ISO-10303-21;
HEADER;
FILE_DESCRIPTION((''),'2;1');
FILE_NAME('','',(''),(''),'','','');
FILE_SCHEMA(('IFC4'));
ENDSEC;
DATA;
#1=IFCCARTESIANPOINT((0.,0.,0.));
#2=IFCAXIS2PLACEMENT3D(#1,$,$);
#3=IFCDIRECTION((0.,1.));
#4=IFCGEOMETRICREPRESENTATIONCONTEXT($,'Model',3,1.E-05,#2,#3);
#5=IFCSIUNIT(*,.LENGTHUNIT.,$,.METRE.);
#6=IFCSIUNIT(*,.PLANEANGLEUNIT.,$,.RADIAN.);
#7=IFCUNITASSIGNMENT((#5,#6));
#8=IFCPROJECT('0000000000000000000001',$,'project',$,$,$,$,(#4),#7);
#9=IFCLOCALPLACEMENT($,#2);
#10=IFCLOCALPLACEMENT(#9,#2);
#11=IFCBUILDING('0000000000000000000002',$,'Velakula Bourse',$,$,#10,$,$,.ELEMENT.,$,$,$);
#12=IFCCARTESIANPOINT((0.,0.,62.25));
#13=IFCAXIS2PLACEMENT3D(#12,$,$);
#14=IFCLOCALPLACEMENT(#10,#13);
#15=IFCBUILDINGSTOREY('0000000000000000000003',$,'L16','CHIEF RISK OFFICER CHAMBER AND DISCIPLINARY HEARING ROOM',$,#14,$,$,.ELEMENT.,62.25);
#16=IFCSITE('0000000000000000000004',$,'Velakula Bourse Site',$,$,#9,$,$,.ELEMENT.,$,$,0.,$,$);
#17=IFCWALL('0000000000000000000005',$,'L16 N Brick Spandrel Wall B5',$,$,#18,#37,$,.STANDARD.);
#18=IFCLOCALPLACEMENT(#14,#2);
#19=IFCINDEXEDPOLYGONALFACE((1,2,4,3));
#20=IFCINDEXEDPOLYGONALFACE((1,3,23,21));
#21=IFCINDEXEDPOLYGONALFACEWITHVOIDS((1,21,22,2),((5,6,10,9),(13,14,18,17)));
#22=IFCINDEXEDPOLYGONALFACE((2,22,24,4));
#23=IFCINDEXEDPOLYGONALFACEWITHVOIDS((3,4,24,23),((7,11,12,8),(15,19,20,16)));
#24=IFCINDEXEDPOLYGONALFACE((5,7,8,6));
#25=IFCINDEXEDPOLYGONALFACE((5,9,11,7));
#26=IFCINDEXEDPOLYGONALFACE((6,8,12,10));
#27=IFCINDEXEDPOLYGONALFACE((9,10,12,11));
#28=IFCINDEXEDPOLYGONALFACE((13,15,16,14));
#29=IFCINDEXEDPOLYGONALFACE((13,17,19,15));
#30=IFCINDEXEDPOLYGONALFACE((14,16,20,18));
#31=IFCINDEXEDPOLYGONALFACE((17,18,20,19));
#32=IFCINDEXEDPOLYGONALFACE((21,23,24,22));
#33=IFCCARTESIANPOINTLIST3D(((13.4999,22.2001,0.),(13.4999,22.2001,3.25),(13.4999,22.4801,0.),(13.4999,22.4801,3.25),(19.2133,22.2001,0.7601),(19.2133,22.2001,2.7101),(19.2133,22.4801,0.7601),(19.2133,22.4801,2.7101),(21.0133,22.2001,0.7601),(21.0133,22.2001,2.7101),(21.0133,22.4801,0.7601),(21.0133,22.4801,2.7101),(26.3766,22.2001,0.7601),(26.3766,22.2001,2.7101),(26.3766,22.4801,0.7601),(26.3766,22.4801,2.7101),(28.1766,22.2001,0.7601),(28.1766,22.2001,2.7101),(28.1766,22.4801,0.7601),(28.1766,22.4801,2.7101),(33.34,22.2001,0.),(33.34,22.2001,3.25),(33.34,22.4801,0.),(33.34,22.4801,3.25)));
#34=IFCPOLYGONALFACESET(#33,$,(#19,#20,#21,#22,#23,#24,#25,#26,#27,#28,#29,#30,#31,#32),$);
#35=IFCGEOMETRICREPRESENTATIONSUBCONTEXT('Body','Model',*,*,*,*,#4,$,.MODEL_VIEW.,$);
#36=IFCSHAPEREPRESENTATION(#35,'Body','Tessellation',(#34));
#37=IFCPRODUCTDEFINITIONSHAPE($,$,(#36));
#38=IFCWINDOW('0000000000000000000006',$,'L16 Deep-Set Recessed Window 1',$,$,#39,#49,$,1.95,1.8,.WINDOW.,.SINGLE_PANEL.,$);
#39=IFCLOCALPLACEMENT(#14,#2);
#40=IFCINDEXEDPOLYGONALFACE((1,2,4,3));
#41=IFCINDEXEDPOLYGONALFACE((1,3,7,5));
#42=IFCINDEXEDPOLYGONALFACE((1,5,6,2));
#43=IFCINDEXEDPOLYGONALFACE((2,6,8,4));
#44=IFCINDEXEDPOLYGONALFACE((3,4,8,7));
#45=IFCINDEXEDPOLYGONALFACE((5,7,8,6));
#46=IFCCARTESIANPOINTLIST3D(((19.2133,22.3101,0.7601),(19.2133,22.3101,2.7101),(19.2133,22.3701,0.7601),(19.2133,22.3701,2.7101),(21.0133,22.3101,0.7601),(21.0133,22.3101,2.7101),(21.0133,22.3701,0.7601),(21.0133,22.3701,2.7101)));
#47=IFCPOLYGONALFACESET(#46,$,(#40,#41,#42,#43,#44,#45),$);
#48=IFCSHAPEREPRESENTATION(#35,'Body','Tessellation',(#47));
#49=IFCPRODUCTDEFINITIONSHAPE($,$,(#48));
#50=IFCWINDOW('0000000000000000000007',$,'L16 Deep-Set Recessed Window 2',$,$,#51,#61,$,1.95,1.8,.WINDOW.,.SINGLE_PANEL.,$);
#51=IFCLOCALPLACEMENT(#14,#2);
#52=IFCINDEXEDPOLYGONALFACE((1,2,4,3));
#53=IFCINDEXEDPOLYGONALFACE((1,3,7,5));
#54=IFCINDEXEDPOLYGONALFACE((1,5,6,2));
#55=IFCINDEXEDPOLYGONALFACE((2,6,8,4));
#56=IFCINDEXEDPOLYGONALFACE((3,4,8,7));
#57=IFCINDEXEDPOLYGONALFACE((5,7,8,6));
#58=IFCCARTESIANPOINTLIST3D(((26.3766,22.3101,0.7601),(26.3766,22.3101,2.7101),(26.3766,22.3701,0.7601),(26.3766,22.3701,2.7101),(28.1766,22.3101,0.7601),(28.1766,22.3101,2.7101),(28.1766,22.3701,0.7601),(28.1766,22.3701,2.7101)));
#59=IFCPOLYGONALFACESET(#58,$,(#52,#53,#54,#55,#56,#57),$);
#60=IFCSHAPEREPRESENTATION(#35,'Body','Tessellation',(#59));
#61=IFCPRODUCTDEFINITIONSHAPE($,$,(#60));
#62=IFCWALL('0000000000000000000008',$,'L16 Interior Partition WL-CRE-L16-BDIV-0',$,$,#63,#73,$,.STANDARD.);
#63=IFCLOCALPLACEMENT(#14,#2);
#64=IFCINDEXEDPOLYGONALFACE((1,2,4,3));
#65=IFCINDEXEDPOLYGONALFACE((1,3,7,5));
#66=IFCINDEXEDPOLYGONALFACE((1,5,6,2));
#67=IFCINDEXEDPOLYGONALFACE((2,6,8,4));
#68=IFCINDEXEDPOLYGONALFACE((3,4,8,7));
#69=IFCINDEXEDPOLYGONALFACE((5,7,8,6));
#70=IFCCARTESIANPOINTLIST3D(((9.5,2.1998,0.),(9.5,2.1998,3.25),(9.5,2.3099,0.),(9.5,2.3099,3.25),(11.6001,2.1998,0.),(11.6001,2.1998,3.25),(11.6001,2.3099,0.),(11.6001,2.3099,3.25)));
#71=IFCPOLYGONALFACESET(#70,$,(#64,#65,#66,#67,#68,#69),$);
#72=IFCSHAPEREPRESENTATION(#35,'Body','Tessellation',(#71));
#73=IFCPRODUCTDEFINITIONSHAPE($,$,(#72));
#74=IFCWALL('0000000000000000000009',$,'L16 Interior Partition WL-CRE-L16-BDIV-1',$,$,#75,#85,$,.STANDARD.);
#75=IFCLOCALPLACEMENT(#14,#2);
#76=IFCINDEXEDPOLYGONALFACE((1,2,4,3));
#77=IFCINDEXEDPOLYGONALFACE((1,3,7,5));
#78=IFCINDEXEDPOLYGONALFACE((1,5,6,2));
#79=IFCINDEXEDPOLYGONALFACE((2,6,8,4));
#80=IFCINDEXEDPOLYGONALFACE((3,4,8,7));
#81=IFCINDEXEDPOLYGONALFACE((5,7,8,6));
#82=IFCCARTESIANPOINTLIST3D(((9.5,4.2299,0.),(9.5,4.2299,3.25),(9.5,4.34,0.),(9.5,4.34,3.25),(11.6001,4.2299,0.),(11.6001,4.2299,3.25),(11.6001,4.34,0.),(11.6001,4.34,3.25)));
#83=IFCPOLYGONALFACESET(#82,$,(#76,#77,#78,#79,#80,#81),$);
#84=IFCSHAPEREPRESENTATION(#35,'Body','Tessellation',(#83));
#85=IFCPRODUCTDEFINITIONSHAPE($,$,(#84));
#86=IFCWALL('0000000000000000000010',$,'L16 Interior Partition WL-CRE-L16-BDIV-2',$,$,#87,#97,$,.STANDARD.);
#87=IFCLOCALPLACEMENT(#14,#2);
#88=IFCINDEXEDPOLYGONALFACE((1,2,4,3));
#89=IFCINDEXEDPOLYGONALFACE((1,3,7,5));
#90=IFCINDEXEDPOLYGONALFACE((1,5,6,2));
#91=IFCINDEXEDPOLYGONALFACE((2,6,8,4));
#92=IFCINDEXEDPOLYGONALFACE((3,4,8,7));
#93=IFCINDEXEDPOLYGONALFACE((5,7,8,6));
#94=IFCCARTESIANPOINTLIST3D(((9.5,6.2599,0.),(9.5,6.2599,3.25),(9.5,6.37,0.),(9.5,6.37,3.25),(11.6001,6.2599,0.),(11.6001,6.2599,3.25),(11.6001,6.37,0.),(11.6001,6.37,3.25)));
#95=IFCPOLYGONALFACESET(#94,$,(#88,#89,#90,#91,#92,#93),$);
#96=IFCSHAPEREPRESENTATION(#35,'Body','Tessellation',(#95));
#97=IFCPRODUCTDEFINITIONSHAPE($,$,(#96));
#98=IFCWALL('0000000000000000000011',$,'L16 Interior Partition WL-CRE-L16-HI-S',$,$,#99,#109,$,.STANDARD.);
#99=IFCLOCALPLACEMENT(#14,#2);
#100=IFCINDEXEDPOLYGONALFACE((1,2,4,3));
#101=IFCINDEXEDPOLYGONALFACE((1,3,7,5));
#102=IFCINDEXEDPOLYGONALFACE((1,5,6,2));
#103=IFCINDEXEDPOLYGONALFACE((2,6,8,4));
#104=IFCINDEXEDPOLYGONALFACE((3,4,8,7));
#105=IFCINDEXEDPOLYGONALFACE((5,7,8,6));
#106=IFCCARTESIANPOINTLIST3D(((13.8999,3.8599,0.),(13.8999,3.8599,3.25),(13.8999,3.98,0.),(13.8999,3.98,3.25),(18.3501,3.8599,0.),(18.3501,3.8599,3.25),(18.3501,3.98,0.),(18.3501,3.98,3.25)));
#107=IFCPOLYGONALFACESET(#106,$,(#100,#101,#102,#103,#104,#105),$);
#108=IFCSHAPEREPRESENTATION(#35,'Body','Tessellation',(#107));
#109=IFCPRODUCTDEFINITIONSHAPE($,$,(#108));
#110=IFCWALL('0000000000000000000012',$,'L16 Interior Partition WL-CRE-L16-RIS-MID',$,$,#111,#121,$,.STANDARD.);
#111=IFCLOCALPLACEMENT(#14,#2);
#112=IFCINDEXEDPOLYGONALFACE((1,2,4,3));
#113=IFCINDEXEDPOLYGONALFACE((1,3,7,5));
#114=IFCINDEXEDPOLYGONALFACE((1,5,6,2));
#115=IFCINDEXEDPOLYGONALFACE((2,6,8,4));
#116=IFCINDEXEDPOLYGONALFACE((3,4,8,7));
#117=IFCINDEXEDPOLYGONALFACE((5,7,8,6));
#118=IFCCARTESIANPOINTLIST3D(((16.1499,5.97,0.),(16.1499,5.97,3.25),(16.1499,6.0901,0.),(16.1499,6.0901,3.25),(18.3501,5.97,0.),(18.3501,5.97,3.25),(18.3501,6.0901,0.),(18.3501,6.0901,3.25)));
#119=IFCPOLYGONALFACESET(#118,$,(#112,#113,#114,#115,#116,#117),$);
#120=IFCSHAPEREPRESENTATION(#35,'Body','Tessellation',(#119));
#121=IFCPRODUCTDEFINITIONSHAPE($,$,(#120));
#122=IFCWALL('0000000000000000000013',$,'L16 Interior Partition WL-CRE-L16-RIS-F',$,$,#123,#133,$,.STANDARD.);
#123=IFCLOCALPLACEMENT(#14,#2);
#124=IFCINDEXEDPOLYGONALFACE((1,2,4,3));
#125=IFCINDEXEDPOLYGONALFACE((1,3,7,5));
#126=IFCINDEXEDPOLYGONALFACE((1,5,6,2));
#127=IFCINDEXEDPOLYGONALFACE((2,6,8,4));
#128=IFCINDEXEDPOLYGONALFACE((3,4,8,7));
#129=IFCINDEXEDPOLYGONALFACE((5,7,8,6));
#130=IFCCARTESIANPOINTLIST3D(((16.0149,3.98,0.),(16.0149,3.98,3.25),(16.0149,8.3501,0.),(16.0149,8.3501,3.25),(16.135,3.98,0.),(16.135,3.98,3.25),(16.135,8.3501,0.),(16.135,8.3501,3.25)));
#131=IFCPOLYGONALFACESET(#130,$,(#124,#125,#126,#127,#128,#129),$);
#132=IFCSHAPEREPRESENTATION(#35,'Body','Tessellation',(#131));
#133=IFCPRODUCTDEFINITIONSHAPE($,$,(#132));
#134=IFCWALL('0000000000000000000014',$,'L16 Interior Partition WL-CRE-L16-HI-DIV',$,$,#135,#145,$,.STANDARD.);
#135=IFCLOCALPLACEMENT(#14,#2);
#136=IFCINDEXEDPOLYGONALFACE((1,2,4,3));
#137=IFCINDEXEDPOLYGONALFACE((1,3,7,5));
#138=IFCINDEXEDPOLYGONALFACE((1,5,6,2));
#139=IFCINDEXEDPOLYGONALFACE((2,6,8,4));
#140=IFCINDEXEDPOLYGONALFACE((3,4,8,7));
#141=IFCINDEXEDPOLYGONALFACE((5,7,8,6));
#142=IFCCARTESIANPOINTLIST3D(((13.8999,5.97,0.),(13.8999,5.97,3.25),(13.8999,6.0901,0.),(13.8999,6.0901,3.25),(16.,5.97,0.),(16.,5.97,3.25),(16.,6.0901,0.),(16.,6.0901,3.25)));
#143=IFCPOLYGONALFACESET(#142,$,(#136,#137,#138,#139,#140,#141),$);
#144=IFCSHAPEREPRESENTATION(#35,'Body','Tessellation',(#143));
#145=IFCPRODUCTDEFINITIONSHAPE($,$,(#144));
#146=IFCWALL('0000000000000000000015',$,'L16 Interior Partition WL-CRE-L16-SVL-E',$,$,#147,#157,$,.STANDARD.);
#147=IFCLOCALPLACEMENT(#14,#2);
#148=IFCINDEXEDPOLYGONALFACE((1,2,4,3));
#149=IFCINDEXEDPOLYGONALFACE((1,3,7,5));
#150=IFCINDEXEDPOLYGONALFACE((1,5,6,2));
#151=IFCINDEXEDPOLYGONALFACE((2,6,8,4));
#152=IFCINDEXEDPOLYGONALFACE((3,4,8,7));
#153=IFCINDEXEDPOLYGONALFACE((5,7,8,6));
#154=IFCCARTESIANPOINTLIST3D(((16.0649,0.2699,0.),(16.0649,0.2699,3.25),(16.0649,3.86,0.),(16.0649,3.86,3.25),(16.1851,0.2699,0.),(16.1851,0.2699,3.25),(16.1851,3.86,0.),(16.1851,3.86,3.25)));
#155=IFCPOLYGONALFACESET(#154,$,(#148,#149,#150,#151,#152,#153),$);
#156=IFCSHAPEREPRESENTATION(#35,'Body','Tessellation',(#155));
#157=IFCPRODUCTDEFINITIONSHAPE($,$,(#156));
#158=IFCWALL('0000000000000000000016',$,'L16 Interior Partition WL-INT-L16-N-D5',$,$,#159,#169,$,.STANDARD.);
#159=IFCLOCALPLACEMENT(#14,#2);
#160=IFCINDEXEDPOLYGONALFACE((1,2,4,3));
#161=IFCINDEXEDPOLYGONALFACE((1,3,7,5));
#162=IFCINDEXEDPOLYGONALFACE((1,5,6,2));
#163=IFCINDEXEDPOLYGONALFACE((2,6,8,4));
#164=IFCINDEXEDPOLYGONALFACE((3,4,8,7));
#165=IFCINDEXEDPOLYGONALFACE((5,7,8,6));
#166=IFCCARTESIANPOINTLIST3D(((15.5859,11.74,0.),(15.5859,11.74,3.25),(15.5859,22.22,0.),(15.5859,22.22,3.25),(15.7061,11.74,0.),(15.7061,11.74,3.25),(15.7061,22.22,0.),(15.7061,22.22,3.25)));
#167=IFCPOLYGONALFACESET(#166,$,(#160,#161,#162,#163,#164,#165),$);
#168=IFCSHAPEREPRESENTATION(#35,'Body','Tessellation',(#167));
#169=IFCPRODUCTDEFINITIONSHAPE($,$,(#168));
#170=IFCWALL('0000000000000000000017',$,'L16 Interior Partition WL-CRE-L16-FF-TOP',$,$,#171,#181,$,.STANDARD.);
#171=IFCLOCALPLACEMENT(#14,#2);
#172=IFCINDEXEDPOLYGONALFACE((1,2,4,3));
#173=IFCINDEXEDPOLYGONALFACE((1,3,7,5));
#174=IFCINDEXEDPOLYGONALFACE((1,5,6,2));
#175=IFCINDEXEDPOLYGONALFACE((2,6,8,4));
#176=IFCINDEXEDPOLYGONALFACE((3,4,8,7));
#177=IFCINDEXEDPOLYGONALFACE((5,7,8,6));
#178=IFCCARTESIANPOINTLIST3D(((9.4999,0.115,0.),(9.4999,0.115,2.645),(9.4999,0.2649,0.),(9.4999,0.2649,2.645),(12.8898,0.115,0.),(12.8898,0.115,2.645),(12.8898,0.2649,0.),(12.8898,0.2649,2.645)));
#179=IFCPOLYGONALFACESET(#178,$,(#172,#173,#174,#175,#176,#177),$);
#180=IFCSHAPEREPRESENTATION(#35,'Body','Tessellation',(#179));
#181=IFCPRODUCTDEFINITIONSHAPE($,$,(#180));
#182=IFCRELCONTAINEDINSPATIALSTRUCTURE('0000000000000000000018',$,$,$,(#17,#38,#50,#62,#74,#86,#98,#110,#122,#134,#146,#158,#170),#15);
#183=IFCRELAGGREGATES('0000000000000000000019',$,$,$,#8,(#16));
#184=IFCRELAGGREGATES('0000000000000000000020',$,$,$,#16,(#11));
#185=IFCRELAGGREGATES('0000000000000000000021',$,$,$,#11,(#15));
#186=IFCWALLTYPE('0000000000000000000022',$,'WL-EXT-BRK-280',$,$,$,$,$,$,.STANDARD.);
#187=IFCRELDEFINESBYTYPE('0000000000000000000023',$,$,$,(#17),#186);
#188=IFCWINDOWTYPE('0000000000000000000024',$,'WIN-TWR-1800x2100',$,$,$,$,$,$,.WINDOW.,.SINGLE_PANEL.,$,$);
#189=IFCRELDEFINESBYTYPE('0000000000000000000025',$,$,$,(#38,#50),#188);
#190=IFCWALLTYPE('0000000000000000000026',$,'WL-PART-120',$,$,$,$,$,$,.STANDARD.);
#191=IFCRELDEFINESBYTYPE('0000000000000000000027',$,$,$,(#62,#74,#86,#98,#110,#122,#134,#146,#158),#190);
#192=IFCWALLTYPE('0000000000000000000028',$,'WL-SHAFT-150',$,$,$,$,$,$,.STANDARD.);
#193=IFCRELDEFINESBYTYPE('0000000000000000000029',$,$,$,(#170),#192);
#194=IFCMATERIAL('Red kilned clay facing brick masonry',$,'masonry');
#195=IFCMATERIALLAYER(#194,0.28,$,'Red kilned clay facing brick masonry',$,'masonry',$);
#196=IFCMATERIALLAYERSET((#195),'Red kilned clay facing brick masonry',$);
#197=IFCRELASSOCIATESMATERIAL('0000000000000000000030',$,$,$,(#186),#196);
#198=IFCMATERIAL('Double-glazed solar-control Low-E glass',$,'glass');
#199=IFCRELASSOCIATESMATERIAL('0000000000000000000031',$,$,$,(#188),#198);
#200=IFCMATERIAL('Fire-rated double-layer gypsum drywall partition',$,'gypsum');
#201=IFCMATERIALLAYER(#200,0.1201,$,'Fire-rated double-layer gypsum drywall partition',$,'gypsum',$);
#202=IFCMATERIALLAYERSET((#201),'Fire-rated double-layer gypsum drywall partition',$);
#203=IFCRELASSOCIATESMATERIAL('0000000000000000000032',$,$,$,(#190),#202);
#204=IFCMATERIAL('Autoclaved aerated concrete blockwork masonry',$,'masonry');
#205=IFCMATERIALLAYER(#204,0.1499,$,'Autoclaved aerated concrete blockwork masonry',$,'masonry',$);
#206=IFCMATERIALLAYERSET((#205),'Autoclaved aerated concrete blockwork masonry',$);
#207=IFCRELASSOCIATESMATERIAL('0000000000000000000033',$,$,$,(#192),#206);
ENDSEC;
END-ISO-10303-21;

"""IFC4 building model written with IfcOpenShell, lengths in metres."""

from ifc_helpers import new_model, si_unit, direction, frame, frame_2d, origin, place, context, subcontext, project, spatial, rectangle, extrude, material, layer, layer_set, type_object, element, fill, save


model = new_model("IFC4")

# Units and contexts
model_context = context("Model", 3, precision=1e-05, world=origin(), true_north=direction((0.0, 1.0)))
body_context = subcontext(model_context, "Body", "Model", "MODEL_VIEW")
ifc_project = project(units=[si_unit("LENGTHUNIT", "METRE"), si_unit("PLANEANGLEUNIT", "RADIAN")], contexts=[model_context])

# Site, building, storey
site_placement = place(None, origin())
site = spatial("IfcSite", under=ifc_project, at=site_placement, Name="Velakula Bourse Site", CompositionType="ELEMENT", RefElevation=0.0)
building_placement = place(site_placement, origin())
building = spatial("IfcBuilding", under=site, at=building_placement, Name="Velakula Bourse", CompositionType="ELEMENT")
storey_placement = place(building_placement, frame((0.0, 0.0, 62.25)))
storey = spatial("IfcBuildingStorey", under=building, at=storey_placement, Name="L16", Description="CHIEF RISK OFFICER CHAMBER AND DISCIPLINARY HEARING ROOM", CompositionType="ELEMENT", Elevation=62.25)

# Wall, openings, windows
ifc_material_1 = material(Name="Red kilned clay facing brick masonry", Category="masonry")
ifc_layer_1 = layer(ifc_material_1, 0.28, Name="Red kilned clay facing brick masonry", Category="masonry")
ifc_layer_set_1 = layer_set([ifc_layer_1], Name="Red kilned clay facing brick masonry")
wall_type_1 = type_object("IfcWallType", Name="WL-EXT-BRK-280", PredefinedType="STANDARD", material=ifc_layer_set_1)
wall_1_placement = place(storey_placement, frame((13.5, 22.3401, 0.0), z_axis=(0.0, 0.0, 1.0), x_axis=(1.0, 0.0, 0.0)))
wall_1 = element("IfcWall", 1, at=wall_1_placement, inside=storey, type_object=wall_type_1, Name="L16 N Brick Spandrel Wall B5", PredefinedType="STANDARD", context=body_context, shape_type="SweptSolid", body=[
    extrude(rectangle(XDim=19.8401, YDim=0.28, at=frame_2d((9.9199, 0.0))), origin(), (0.0, 0.0, 1.0), 3.25),
])
opening_1_placement = place(wall_1_placement, frame((5.7134, 0.0, 0.76)))
opening_1 = element("IfcOpeningElement", 2, at=opening_1_placement, cuts=wall_1, PredefinedType="OPENING", context=body_context, shape_type="SweptSolid", body=[
    extrude(rectangle(XDim=1.8, YDim=1.95, at=frame_2d((0.8999, 0.9751))), frame((0.0, 0.1499, 0.0), z_axis=(0.0, -1.0, 0.0), x_axis=(1.0, 0.0, 0.0)), (0.0, 0.0, 1.0), 0.3),
])
opening_2_placement = place(wall_1_placement, frame((12.8767, 0.0, 0.76)))
opening_2 = element("IfcOpeningElement", 3, at=opening_2_placement, cuts=wall_1, PredefinedType="OPENING", context=body_context, shape_type="SweptSolid", body=[
    extrude(rectangle(XDim=1.8, YDim=1.95, at=frame_2d((0.8999, 0.9751))), frame((0.0, 0.1499, 0.0), z_axis=(0.0, -1.0, 0.0), x_axis=(1.0, 0.0, 0.0)), (0.0, 0.0, 1.0), 0.3),
])
ifc_material_2 = material(Name="Double-glazed solar-control Low-E glass", Category="glass")
window_type = type_object("IfcWindowType", Name="WIN-TWR-1800x2100", PartitioningType="SINGLE_PANEL", PredefinedType="WINDOW", material=ifc_material_2)
window_1_placement = place(opening_1_placement, origin())
window_1 = element("IfcWindow", 4, at=window_1_placement, inside=storey, type_object=window_type, Name="L16 Deep-Set Recessed Window 1", OverallHeight=1.95, OverallWidth=1.8, PartitioningType="SINGLE_PANEL", PredefinedType="WINDOW", context=body_context, shape_type="SweptSolid", body=[
    extrude(rectangle(XDim=1.8, YDim=1.95, at=frame_2d((0.8999, 0.9751))), frame((0.0, 0.03, 0.0), z_axis=(0.0, -1.0, 0.0), x_axis=(1.0, 0.0, 0.0)), (0.0, 0.0, 1.0), 0.0601),
])
fill(opening_1, window_1)
window_2_placement = place(opening_2_placement, origin())
window_2 = element("IfcWindow", 5, at=window_2_placement, inside=storey, type_object=window_type, Name="L16 Deep-Set Recessed Window 2", OverallHeight=1.95, OverallWidth=1.8, PartitioningType="SINGLE_PANEL", PredefinedType="WINDOW", context=body_context, shape_type="SweptSolid", body=[
    extrude(rectangle(XDim=1.8, YDim=1.95, at=frame_2d((0.8999, 0.9751))), frame((0.0, 0.03, 0.0), z_axis=(0.0, -1.0, 0.0), x_axis=(1.0, 0.0, 0.0)), (0.0, 0.0, 1.0), 0.0601),
])
fill(opening_2, window_2)

# Walls
ifc_material_3 = material(Name="Fire-rated double-layer gypsum drywall partition", Category="gypsum")
ifc_layer_2 = layer(ifc_material_3, 0.1201, Name="Fire-rated double-layer gypsum drywall partition", Category="gypsum")
ifc_layer_set_2 = layer_set([ifc_layer_2], Name="Fire-rated double-layer gypsum drywall partition")
wall_type_2 = type_object("IfcWallType", Name="WL-PART-120", PredefinedType="STANDARD", material=ifc_layer_set_2)
for number, where, z_axis, x_axis, name in (
    (6, (9.5, 2.2549, 0.0), (0.0, 0.0, 1.0), (1.0, 0.0, 0.0), "L16 Interior Partition WL-CRE-L16-BDIV-0"),
    (7, (9.5, 4.2849, 0.0), (0.0, 0.0, 1.0), (1.0, 0.0, 0.0), "L16 Interior Partition WL-CRE-L16-BDIV-1"),
    (8, (9.5, 6.3149, 0.0), (0.0, 0.0, 1.0), (1.0, 0.0, 0.0), "L16 Interior Partition WL-CRE-L16-BDIV-2"),
):
    element("IfcWall", number, at=place(storey_placement, frame(where, z_axis=z_axis, x_axis=x_axis)), inside=storey, type_object=wall_type_2, Name=name, PredefinedType="STANDARD", context=body_context, shape_type="SweptSolid", body=[
        extrude(rectangle(XDim=2.1001, YDim=0.1101, at=frame_2d((1.05, 0.0))), origin(), (0.0, 0.0, 1.0), 3.25),
    ])
wall_2_placement = place(storey_placement, frame((13.8999, 3.9199, 0.0), z_axis=(0.0, 0.0, 1.0), x_axis=(1.0, 0.0, 0.0)))
element("IfcWall", 9, at=wall_2_placement, inside=storey, type_object=wall_type_2, Name="L16 Interior Partition WL-CRE-L16-HI-S", PredefinedType="STANDARD", context=body_context, shape_type="SweptSolid", body=[
    extrude(rectangle(XDim=4.4502, YDim=0.1201, at=frame_2d((2.2251, 0.0))), origin(), (0.0, 0.0, 1.0), 3.25),
])
wall_3_placement = place(storey_placement, frame((16.1499, 6.03, 0.0), z_axis=(0.0, 0.0, 1.0), x_axis=(1.0, 0.0, 0.0)))
element("IfcWall", 10, at=wall_3_placement, inside=storey, type_object=wall_type_2, Name="L16 Interior Partition WL-CRE-L16-RIS-MID", PredefinedType="STANDARD", context=body_context, shape_type="SweptSolid", body=[
    extrude(rectangle(XDim=2.2002, YDim=0.1201, at=frame_2d((1.1001, 0.0))), origin(), (0.0, 0.0, 1.0), 3.25),
])
wall_4_placement = place(storey_placement, frame((16.075, 3.98, 0.0), z_axis=(0.0, 0.0, 1.0), x_axis=(0.0, 1.0, 0.0)))
element("IfcWall", 11, at=wall_4_placement, inside=storey, type_object=wall_type_2, Name="L16 Interior Partition WL-CRE-L16-RIS-F", PredefinedType="STANDARD", context=body_context, shape_type="SweptSolid", body=[
    extrude(rectangle(XDim=4.3701, YDim=0.1201, at=frame_2d((2.1851, 0.0))), origin(), (0.0, 0.0, 1.0), 3.25),
])
wall_5_placement = place(storey_placement, frame((13.8999, 6.03, 0.0), z_axis=(0.0, 0.0, 1.0), x_axis=(1.0, 0.0, 0.0)))
element("IfcWall", 12, at=wall_5_placement, inside=storey, type_object=wall_type_2, Name="L16 Interior Partition WL-CRE-L16-HI-DIV", PredefinedType="STANDARD", context=body_context, shape_type="SweptSolid", body=[
    extrude(rectangle(XDim=2.1001, YDim=0.1201, at=frame_2d((1.05, 0.0))), origin(), (0.0, 0.0, 1.0), 3.25),
])
wall_6_placement = place(storey_placement, frame((16.125, 0.27, 0.0), z_axis=(0.0, 0.0, 1.0), x_axis=(0.0, 1.0, 0.0)))
element("IfcWall", 13, at=wall_6_placement, inside=storey, type_object=wall_type_2, Name="L16 Interior Partition WL-CRE-L16-SVL-E", PredefinedType="STANDARD", context=body_context, shape_type="SweptSolid", body=[
    extrude(rectangle(XDim=3.5901, YDim=0.1201, at=frame_2d((1.7949, 0.0))), origin(), (0.0, 0.0, 1.0), 3.25),
])
wall_7_placement = place(storey_placement, frame((15.646, 11.74, 0.0), z_axis=(0.0, 0.0, 1.0), x_axis=(0.0, 1.0, 0.0)))
element("IfcWall", 14, at=wall_7_placement, inside=storey, type_object=wall_type_2, Name="L16 Interior Partition WL-INT-L16-N-D5", PredefinedType="STANDARD", context=body_context, shape_type="SweptSolid", body=[
    extrude(rectangle(XDim=10.48, YDim=0.1201, at=frame_2d((5.24, 0.0))), origin(), (0.0, 0.0, 1.0), 3.25),
])
ifc_material_4 = material(Name="Autoclaved aerated concrete blockwork masonry", Category="masonry")
ifc_layer_3 = layer(ifc_material_4, 0.1499, Name="Autoclaved aerated concrete blockwork masonry", Category="masonry")
ifc_layer_set_3 = layer_set([ifc_layer_3], Name="Autoclaved aerated concrete blockwork masonry")
wall_type_3 = type_object("IfcWallType", Name="WL-SHAFT-150", PredefinedType="STANDARD", material=ifc_layer_set_3)
wall_8_placement = place(storey_placement, frame((9.5, 0.1899, 0.0), z_axis=(0.0, 0.0, 1.0), x_axis=(1.0, 0.0, 0.0)))
element("IfcWall", 15, at=wall_8_placement, inside=storey, type_object=wall_type_3, Name="L16 Interior Partition WL-CRE-L16-FF-TOP", PredefinedType="STANDARD", context=body_context, shape_type="SweptSolid", body=[
    extrude(rectangle(XDim=3.3899, YDim=0.1499, at=frame_2d((1.6948, 0.0))), origin(), (0.0, 0.0, 1.0), 2.645),
])

save(model, "model.ifc")
